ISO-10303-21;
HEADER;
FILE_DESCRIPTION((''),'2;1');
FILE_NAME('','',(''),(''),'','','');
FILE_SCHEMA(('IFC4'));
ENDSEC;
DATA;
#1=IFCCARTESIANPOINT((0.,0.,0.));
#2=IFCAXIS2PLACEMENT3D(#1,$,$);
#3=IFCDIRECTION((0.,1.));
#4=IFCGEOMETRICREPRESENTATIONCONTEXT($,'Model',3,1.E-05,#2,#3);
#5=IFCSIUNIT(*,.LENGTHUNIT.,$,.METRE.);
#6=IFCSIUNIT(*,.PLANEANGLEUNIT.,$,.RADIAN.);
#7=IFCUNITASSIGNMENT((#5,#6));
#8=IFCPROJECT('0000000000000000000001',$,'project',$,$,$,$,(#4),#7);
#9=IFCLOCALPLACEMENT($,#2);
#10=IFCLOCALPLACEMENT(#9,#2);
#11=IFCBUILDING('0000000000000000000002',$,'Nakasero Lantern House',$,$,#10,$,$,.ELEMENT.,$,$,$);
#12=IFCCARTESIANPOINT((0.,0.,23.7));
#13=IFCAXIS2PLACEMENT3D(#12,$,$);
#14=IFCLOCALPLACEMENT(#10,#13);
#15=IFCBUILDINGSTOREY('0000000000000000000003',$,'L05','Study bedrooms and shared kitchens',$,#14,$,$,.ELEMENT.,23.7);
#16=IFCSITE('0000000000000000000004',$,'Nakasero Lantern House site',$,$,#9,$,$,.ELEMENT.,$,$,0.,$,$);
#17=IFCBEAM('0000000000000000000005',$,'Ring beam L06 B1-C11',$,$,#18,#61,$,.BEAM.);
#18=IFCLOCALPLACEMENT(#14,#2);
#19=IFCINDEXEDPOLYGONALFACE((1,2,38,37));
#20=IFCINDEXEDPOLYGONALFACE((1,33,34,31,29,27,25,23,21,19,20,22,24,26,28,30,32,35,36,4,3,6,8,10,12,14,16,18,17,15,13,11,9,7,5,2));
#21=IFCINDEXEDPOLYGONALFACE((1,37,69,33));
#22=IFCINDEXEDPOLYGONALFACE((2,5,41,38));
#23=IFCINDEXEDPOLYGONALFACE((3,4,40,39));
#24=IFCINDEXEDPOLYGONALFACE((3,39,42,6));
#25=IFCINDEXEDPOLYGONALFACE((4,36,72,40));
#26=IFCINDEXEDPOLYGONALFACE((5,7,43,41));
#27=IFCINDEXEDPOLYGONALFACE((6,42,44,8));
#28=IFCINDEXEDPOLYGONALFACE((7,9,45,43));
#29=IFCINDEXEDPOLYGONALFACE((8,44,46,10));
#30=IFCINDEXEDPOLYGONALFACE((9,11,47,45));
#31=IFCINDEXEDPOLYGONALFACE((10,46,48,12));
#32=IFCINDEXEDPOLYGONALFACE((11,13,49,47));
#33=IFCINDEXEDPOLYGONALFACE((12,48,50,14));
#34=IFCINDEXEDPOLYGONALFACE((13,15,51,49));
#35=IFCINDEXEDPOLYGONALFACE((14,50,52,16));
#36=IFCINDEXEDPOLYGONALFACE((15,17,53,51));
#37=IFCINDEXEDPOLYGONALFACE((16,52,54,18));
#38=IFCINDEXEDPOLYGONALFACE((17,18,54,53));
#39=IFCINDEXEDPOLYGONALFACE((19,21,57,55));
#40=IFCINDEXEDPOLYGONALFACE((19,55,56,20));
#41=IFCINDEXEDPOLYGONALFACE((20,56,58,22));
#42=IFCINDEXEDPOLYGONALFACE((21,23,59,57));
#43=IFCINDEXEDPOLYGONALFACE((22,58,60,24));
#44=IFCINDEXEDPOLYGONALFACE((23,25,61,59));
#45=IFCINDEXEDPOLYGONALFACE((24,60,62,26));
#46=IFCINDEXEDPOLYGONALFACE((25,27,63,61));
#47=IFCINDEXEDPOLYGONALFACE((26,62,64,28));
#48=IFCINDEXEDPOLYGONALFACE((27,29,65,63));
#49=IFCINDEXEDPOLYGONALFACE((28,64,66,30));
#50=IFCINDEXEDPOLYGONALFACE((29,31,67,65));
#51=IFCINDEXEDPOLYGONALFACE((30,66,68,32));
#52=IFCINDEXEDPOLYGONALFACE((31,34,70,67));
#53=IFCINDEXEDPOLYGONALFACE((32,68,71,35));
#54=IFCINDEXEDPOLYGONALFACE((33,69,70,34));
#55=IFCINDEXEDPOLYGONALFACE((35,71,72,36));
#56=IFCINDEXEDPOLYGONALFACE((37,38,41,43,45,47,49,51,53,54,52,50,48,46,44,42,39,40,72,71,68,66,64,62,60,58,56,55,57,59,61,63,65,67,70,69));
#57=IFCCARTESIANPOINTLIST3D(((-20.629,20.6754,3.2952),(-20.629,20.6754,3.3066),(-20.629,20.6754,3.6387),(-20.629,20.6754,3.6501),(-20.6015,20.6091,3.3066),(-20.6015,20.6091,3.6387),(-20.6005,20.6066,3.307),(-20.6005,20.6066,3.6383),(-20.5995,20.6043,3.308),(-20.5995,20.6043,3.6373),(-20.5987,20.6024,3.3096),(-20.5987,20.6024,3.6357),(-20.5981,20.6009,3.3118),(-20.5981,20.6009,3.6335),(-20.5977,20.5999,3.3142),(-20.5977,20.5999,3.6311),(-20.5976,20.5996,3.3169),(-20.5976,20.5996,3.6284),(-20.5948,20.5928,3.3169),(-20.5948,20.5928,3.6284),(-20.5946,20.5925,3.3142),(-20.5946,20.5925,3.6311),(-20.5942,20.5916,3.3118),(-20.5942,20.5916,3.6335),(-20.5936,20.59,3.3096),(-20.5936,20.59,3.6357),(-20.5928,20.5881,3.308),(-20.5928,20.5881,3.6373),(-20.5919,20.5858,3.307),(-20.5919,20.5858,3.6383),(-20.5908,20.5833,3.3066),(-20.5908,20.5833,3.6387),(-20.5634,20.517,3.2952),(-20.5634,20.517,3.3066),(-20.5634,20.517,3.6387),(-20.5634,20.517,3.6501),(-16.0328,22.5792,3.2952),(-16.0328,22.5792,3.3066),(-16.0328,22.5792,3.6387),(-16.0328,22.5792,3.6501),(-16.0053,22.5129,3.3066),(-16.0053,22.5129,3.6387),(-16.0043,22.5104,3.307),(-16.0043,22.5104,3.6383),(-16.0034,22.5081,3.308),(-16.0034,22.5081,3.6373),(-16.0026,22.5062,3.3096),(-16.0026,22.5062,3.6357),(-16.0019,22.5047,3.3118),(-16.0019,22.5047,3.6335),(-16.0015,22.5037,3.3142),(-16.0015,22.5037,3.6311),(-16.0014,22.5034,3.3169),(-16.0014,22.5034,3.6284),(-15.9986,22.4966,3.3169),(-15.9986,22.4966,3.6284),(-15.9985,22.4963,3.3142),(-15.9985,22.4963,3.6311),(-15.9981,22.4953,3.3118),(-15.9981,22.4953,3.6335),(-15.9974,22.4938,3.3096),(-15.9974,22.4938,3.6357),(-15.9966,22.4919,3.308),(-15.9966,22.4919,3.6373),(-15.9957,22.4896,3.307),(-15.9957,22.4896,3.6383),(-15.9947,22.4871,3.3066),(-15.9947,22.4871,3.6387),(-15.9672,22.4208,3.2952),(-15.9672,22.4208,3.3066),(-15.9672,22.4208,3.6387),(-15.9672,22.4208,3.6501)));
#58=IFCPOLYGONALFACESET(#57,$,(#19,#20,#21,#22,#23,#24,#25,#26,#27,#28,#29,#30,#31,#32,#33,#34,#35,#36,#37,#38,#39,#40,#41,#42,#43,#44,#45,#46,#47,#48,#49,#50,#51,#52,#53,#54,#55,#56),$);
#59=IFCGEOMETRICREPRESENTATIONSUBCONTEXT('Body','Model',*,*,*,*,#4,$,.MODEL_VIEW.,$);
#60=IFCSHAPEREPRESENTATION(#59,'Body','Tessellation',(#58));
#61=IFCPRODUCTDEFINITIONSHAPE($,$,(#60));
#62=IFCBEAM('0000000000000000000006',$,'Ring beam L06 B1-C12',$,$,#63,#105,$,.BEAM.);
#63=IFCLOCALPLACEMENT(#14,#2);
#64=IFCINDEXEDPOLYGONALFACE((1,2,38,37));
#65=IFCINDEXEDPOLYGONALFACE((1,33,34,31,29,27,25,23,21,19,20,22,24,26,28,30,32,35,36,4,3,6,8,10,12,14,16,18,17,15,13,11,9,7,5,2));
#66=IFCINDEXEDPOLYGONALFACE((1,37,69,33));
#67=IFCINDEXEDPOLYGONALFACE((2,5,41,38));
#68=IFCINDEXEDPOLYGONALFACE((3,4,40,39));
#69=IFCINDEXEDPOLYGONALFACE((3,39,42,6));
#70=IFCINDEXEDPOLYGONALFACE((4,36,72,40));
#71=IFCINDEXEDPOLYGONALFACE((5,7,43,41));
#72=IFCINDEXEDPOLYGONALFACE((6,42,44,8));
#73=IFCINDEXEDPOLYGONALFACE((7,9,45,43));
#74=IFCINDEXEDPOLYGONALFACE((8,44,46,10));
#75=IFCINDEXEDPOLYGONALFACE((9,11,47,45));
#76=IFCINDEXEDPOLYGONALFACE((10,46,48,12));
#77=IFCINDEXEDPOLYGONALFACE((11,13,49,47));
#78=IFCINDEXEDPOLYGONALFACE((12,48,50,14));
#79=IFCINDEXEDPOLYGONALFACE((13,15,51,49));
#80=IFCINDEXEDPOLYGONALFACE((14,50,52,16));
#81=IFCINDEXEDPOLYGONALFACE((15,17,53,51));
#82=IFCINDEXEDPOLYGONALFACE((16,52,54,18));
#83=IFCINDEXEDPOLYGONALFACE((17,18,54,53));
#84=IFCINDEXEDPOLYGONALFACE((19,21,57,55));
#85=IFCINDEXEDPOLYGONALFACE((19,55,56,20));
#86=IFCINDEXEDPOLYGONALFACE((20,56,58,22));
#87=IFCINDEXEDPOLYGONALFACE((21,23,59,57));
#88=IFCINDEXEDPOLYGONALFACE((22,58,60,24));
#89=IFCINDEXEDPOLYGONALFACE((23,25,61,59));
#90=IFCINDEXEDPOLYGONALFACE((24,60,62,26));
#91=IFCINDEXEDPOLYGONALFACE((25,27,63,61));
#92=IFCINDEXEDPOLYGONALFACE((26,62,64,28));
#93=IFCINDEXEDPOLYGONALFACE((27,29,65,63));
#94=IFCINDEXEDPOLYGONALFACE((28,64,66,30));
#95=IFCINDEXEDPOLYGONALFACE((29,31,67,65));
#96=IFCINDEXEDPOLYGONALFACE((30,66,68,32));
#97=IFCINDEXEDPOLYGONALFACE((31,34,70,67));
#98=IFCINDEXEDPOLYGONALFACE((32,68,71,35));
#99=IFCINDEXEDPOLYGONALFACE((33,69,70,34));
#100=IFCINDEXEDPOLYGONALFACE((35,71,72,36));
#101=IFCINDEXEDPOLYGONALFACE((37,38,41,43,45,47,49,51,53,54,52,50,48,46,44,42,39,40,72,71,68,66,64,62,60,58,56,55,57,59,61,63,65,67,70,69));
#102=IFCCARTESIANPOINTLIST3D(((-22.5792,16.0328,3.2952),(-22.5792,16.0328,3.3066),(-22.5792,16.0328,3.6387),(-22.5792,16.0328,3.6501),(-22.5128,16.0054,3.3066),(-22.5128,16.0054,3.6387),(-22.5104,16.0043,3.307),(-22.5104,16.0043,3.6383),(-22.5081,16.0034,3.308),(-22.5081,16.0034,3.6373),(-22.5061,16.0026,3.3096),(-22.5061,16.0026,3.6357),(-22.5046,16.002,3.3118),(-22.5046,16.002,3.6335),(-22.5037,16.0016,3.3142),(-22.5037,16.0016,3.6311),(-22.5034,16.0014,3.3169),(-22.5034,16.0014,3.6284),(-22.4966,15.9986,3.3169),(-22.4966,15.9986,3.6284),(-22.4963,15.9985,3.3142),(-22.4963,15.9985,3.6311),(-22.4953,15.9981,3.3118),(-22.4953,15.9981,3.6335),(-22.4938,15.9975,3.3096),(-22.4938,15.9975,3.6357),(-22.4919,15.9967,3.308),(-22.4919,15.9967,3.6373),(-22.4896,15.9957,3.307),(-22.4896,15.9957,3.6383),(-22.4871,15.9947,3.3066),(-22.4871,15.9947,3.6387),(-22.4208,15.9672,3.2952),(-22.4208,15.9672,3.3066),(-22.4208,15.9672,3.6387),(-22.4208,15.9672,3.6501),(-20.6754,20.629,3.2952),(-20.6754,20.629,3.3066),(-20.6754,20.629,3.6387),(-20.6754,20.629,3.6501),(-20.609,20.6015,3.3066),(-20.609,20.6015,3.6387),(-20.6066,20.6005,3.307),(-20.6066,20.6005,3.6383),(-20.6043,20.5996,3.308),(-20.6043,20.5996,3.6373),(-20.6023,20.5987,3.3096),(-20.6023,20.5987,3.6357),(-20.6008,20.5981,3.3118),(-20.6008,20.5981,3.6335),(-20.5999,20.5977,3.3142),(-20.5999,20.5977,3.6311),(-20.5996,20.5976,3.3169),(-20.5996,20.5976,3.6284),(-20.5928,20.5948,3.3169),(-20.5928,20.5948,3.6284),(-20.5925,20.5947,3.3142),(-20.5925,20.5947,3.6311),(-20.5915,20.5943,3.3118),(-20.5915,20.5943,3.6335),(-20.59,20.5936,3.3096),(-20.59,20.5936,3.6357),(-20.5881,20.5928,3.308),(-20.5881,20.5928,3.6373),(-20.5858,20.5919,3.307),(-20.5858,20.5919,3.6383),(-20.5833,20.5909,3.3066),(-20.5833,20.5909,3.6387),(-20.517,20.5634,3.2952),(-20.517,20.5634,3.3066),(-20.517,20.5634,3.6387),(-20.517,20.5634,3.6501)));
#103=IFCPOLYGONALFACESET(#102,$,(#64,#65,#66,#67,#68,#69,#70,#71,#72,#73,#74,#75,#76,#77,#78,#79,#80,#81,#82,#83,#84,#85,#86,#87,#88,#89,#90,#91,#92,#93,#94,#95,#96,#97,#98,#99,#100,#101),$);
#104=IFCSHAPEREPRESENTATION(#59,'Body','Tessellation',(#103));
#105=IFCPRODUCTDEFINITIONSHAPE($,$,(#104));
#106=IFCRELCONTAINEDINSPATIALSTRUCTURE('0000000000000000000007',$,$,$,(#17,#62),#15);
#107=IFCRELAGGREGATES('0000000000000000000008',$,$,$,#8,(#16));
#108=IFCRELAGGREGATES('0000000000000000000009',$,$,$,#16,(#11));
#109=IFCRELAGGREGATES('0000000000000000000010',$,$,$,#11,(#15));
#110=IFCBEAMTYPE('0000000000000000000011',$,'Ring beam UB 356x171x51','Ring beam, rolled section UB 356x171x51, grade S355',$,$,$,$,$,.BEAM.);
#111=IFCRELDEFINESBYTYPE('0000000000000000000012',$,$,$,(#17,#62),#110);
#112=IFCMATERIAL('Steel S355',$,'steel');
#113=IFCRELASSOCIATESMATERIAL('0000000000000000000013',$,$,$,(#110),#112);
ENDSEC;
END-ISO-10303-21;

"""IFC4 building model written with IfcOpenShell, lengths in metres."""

from ifc_helpers import new_model, si_unit, direction, frame, origin, origin_2d, place, context, subcontext, project, spatial, i_section, extrude, material, material_profile, profile_set, type_object, element, save


model = new_model("IFC4")

# Units and contexts
model_context = context("Model", 3, precision=1e-05, world=origin(), true_north=direction((0.0, 1.0)))
body_context = subcontext(model_context, "Body", "Model", "MODEL_VIEW")
ifc_project = project(units=[si_unit("LENGTHUNIT", "METRE"), si_unit("PLANEANGLEUNIT", "RADIAN")], contexts=[model_context])

# Site, building, storey
site_placement = place(None, origin())
site = spatial("IfcSite", under=ifc_project, at=site_placement, Name="Nakasero Lantern House site", CompositionType="ELEMENT", RefElevation=0.0)
building_placement = place(site_placement, origin())
building = spatial("IfcBuilding", under=site, at=building_placement, Name="Nakasero Lantern House", CompositionType="ELEMENT")
storey_placement = place(building_placement, frame((0.0, 0.0, 23.7)))
storey = spatial("IfcBuildingStorey", under=building, at=storey_placement, Name="L05", Description="Study bedrooms and shared kitchens", CompositionType="ELEMENT", Elevation=23.7)

# Beams
ifc_material_1 = material(Name="Steel S355", Category="steel")
ifc_material_profile_1 = material_profile(ifc_material_1, i_section(OverallWidth=0.1714, OverallDepth=0.355, WebThickness=0.0073, FlangeThickness=0.0115, FilletRadius=0.0103, at=origin_2d()), Name="UB 356x171x51")
ifc_profile_set_1 = profile_set([ifc_material_profile_1], Name="Steel S355")
beam_type_1 = type_object("IfcBeamType", Name="Ring beam UB 356x171x51", Description="Ring beam, rolled section UB 356x171x51, grade S355", PredefinedType="BEAM", material=ifc_profile_set_1)
for number, where, z_axis, x_axis, name in (
    (1, (-16.0, 22.5, 3.4727), (-0.923879, -0.382684, 0.0), (0.382684, -0.923879, 0.0), "Ring beam L06 B1-C11"),
    (2, (-20.5962, 20.5962, 3.4727), (-0.382684, -0.923879, 0.0), (0.923879, -0.382684, 0.0), "Ring beam L06 B1-C12"),
):
    element("IfcBeam", number, at=place(storey_placement, frame(where, z_axis=z_axis, x_axis=x_axis)), inside=storey, type_object=beam_type_1, Name=name, PredefinedType="BEAM", context=body_context, shape_type="SweptSolid", body=[
        extrude(i_section(OverallWidth=0.1714, OverallDepth=0.355, WebThickness=0.0073, FlangeThickness=0.0115, FilletRadius=0.0103, at=origin_2d()), origin(), (0.0, 0.0, 1.0), 4.9749),
    ])

save(model, "model.ifc")
